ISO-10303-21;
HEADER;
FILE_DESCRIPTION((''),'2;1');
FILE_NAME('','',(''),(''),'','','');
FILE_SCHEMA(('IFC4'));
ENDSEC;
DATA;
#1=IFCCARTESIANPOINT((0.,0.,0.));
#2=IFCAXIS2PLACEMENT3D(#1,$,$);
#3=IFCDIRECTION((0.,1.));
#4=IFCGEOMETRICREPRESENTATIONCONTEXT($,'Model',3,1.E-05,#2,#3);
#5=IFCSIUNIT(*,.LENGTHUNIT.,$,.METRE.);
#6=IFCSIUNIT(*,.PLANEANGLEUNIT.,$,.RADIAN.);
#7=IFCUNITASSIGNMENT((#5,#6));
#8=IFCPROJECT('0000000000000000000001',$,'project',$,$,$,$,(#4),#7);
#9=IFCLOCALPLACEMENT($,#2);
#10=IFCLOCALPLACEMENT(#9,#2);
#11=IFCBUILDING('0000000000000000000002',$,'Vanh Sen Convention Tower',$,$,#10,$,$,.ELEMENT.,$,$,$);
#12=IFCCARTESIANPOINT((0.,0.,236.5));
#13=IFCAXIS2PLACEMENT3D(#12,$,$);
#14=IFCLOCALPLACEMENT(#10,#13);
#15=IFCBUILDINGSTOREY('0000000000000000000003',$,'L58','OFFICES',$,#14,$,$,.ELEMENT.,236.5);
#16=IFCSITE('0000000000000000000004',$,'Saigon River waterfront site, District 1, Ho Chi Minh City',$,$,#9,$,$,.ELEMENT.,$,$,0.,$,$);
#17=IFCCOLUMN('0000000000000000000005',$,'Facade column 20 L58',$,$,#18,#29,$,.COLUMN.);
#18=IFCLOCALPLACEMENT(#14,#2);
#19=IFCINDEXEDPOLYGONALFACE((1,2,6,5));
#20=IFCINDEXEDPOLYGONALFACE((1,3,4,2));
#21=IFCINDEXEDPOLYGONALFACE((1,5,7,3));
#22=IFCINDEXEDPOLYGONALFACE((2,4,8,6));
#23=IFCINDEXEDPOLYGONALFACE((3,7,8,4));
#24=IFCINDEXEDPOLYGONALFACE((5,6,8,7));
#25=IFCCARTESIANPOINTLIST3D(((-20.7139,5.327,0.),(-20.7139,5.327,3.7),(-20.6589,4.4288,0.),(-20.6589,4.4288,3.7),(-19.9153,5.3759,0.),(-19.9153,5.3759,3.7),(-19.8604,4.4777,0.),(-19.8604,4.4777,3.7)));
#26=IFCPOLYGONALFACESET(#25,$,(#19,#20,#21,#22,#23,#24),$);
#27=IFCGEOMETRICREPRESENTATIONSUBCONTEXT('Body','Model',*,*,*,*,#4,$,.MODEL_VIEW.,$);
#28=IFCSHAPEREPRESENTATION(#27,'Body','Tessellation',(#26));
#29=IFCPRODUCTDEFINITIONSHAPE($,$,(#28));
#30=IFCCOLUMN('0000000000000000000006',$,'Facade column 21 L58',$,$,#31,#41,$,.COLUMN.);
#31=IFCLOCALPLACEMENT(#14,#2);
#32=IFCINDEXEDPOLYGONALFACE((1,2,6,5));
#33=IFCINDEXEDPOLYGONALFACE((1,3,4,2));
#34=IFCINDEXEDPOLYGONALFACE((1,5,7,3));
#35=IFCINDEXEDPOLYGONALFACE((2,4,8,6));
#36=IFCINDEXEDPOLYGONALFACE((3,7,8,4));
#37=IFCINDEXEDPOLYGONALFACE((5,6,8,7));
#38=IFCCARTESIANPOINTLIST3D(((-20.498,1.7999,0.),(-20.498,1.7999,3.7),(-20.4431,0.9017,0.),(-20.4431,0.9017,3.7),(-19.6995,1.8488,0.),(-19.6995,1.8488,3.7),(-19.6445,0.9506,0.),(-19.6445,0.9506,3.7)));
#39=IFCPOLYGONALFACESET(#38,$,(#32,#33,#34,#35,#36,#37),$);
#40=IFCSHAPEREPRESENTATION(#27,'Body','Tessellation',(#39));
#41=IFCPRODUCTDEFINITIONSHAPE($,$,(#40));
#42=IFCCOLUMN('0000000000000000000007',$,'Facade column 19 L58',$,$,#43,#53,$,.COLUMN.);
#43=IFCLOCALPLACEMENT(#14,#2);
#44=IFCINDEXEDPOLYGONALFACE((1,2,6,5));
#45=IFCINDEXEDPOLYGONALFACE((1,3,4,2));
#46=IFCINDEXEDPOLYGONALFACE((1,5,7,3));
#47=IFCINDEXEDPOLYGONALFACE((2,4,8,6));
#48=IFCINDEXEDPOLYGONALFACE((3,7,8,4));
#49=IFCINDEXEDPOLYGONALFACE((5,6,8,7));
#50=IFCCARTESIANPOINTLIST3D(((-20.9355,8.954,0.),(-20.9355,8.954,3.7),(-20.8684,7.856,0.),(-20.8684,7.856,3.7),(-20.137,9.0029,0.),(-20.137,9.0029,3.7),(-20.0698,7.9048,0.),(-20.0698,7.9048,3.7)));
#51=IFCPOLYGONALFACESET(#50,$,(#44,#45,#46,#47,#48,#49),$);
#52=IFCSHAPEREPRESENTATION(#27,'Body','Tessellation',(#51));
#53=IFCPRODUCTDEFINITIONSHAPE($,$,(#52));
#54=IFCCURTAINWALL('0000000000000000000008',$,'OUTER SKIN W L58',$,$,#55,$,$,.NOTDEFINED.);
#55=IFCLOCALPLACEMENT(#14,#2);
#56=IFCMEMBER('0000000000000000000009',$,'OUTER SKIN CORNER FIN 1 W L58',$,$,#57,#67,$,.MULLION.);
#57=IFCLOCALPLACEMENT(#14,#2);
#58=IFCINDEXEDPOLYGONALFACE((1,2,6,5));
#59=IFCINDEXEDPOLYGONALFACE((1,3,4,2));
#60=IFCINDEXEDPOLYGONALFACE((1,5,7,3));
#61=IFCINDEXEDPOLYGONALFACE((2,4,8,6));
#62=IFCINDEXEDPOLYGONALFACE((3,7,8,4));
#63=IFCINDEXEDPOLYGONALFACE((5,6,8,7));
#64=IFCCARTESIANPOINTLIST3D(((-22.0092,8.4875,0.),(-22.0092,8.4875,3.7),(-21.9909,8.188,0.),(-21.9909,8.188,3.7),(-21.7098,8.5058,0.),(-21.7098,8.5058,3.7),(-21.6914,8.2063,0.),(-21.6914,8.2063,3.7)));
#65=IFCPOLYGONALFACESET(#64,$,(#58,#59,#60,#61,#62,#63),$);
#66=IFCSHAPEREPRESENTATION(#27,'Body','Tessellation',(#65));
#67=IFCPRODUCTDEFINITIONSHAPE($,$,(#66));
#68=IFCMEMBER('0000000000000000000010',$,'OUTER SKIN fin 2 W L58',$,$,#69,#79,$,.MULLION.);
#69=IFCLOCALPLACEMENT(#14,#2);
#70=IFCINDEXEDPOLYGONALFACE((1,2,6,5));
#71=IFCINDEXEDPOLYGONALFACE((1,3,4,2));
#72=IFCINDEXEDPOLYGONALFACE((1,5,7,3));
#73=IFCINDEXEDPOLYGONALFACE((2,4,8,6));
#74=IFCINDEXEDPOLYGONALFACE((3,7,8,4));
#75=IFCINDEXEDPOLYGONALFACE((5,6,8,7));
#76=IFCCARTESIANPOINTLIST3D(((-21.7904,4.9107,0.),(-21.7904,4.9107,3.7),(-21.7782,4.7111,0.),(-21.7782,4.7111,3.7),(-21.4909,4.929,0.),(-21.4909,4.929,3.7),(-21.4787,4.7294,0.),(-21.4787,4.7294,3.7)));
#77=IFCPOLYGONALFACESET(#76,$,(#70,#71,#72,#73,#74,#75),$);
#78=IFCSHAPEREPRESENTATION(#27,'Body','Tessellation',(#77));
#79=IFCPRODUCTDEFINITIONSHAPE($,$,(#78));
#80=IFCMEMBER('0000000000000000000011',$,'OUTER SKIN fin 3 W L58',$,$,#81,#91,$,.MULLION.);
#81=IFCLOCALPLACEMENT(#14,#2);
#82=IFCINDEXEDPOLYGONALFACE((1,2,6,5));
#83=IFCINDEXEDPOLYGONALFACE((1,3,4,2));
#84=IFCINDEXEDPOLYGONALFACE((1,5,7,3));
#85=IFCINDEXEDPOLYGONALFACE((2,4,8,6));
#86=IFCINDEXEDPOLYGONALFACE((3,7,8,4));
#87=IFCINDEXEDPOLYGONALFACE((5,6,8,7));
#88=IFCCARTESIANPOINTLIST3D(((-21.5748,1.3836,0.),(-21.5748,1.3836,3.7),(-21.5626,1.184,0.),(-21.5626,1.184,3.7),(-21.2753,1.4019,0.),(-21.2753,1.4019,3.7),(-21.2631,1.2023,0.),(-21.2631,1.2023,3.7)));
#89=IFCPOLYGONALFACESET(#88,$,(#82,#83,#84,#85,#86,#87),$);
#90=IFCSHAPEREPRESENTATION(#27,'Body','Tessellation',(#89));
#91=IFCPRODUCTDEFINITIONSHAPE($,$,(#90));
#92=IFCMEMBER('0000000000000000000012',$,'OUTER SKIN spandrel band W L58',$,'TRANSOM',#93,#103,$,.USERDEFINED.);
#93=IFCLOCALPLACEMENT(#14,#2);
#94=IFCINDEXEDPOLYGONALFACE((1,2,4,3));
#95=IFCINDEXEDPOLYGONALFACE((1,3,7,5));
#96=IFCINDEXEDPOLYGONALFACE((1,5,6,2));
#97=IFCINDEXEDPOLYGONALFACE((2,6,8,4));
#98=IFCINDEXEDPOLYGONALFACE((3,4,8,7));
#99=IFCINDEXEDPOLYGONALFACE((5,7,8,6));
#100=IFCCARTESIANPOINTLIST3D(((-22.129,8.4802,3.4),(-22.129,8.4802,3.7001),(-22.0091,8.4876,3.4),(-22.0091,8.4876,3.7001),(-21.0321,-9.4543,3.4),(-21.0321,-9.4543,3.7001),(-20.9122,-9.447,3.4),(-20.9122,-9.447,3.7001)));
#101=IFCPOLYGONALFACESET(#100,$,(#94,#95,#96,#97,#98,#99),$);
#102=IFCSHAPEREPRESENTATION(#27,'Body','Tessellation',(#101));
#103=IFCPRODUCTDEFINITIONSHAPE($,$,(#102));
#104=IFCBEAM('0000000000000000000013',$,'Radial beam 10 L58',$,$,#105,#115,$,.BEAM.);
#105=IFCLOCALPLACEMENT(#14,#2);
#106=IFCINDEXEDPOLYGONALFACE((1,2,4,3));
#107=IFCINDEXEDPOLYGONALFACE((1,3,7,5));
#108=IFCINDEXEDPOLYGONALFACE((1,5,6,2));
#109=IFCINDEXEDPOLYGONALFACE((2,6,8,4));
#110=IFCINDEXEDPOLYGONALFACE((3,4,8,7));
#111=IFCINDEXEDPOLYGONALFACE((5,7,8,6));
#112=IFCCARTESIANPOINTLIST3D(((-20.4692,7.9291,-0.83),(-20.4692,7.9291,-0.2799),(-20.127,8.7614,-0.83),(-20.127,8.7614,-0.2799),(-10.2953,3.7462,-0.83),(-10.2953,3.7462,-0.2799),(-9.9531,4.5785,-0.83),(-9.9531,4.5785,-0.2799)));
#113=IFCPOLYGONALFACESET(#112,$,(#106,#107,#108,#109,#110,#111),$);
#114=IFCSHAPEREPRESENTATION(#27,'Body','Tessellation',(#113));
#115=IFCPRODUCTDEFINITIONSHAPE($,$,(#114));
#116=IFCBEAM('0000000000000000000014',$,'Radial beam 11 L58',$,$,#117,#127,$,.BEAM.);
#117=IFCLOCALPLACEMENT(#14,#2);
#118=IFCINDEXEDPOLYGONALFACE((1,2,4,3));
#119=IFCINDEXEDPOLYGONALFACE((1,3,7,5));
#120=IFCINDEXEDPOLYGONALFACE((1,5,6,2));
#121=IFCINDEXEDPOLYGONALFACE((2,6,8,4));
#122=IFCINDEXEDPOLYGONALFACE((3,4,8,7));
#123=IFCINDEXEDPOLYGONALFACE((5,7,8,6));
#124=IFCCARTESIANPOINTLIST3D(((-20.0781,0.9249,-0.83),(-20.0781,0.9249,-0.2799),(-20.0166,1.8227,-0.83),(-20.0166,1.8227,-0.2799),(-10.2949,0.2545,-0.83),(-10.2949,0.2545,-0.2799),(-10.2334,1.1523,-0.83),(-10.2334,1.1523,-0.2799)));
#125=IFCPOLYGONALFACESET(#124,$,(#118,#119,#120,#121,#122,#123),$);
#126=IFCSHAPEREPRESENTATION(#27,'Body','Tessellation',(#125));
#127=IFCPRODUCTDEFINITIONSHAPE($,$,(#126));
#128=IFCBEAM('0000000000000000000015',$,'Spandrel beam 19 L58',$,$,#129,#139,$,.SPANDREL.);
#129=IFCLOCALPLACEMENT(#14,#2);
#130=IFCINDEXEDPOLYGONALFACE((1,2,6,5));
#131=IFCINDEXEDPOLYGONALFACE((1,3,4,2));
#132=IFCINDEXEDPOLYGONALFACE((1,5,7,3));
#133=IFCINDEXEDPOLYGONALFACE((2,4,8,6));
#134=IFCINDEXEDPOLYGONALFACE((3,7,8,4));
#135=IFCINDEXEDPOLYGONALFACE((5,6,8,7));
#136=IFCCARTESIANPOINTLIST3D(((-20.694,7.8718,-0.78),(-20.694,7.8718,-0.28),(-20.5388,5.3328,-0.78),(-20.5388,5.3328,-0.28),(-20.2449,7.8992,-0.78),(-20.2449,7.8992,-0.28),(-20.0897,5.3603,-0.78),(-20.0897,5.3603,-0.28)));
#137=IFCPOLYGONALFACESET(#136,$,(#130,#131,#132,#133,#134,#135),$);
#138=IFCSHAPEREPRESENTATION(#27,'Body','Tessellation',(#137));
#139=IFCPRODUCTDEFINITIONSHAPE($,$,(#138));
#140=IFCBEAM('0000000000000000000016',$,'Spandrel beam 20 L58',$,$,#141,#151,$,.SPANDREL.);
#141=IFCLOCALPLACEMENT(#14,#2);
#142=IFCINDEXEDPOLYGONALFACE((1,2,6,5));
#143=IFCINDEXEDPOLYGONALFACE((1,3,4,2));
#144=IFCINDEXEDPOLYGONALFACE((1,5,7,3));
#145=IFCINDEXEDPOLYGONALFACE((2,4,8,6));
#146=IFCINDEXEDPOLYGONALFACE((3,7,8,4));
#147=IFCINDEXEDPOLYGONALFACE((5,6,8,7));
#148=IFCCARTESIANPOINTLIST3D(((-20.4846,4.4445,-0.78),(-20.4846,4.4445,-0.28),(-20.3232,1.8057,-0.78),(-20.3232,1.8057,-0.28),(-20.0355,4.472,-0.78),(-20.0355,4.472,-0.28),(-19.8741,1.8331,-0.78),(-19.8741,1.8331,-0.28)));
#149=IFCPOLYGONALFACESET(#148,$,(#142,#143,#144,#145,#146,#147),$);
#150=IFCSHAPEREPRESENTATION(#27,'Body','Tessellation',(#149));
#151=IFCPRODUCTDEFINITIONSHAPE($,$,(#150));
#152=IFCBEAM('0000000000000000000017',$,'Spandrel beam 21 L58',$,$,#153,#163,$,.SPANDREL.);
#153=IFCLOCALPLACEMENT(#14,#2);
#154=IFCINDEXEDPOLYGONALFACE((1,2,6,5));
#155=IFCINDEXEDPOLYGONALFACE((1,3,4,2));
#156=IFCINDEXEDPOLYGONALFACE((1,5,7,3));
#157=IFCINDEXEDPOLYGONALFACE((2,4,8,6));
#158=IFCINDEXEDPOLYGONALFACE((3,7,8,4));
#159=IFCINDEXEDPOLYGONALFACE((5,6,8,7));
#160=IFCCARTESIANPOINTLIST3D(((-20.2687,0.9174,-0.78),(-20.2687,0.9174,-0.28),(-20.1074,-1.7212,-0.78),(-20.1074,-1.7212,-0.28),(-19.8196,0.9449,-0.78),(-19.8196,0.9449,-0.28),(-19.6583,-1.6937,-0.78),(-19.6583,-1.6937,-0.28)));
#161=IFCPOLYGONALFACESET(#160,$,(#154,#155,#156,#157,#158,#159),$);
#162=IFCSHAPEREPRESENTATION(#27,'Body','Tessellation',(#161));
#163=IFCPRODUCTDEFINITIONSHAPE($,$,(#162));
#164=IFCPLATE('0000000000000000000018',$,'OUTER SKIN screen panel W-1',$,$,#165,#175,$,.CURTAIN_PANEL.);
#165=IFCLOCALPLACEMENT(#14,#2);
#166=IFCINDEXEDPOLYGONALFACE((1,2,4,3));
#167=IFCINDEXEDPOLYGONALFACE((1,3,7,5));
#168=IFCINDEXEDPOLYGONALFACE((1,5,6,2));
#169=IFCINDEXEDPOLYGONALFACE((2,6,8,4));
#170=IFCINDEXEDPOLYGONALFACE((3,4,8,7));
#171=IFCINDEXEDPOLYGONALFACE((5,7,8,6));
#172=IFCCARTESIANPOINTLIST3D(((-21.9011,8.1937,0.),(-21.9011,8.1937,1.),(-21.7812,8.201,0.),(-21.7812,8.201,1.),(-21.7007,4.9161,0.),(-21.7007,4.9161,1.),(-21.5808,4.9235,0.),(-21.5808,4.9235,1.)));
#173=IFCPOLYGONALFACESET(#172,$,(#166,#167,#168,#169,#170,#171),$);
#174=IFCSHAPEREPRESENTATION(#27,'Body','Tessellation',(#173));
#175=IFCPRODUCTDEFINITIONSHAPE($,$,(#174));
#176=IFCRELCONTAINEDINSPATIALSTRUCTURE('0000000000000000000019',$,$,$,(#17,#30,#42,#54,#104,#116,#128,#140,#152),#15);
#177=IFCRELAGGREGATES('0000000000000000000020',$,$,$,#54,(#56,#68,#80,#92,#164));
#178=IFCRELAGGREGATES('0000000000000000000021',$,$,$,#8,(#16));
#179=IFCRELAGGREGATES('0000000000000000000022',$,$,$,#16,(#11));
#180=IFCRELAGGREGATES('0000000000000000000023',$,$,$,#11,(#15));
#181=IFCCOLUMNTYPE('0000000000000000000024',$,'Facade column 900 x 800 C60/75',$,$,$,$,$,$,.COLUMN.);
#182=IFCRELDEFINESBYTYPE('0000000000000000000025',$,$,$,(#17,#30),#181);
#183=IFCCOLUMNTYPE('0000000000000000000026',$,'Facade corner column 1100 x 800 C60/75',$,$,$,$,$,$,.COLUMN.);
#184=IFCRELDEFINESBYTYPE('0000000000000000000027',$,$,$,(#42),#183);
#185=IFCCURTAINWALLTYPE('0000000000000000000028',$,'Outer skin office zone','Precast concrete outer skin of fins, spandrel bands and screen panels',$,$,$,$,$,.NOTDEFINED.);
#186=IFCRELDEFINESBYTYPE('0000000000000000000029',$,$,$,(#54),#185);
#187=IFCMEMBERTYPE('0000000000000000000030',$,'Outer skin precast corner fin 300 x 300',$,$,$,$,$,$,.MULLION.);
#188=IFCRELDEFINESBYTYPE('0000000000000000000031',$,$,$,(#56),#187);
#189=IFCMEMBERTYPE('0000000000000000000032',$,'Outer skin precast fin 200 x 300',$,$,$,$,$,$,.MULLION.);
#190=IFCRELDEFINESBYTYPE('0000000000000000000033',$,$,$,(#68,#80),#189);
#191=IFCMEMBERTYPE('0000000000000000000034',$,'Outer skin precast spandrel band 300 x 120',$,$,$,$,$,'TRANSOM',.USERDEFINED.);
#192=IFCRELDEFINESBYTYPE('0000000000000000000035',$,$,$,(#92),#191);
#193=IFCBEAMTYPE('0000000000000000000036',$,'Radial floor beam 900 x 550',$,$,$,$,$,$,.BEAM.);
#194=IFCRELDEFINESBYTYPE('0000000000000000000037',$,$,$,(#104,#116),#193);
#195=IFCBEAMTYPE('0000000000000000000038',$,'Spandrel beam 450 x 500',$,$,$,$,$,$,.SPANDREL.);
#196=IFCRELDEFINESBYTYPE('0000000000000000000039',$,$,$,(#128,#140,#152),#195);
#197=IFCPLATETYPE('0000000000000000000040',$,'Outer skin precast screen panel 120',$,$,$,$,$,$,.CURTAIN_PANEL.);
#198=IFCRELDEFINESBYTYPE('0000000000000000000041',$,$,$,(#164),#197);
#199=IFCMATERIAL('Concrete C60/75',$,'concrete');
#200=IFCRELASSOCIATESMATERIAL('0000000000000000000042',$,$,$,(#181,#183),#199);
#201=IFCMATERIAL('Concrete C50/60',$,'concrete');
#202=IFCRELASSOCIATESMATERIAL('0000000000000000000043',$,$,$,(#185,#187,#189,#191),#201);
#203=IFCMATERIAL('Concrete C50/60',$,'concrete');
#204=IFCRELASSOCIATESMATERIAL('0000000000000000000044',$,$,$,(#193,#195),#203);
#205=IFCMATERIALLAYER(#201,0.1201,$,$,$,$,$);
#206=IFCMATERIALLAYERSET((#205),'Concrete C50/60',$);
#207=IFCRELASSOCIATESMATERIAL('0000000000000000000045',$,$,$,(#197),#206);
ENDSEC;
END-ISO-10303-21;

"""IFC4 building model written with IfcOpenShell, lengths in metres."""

from ifc_helpers import new_model, si_unit, direction, frame, origin, origin_2d, place, context, subcontext, project, spatial, rectangle, extrude, material, layer, layer_set, material_profile, profile_set, type_object, element, aggregate, save


model = new_model("IFC4")

# Units and contexts
model_context = context("Model", 3, precision=1e-05, world=origin(), true_north=direction((0.0, 1.0)))
body_context = subcontext(model_context, "Body", "Model", "MODEL_VIEW")
ifc_project = project(units=[si_unit("LENGTHUNIT", "METRE"), si_unit("PLANEANGLEUNIT", "RADIAN")], contexts=[model_context])

# Site, building, storey
site_placement = place(None, origin())
site = spatial("IfcSite", under=ifc_project, at=site_placement, Name="Saigon River waterfront site, District 1, Ho Chi Minh City", CompositionType="ELEMENT", RefElevation=0.0)
building_placement = place(site_placement, origin())
building = spatial("IfcBuilding", under=site, at=building_placement, Name="Vanh Sen Convention Tower", CompositionType="ELEMENT")
storey_placement = place(building_placement, frame((0.0, 0.0, 236.5)))
storey = spatial("IfcBuildingStorey", under=building, at=storey_placement, Name="L58", Description="OFFICES", CompositionType="ELEMENT", Elevation=236.5)

# Columns
ifc_material_1 = material(Name="Concrete C60/75", Category="concrete")
ifc_material_profile_1 = material_profile(ifc_material_1, rectangle(XDim=0.8999, YDim=0.8, at=origin_2d()), Name="RC 900X800")
ifc_profile_set_1 = profile_set([ifc_material_profile_1], Name="Concrete C60/75")
column_type_1 = type_object("IfcColumnType", Name="Facade column 900 x 800 C60/75", PredefinedType="COLUMN", material=ifc_profile_set_1)
for number, where, z_axis, x_axis, name in (
    (1, (-20.2871, 4.9023, 0.0), (0.0, 0.0, 1.0), (0.061049, -0.998135, 0.0), "Facade column 20 L58"),
    (2, (-20.0713, 1.3752, 0.0), (0.0, 0.0, 1.0), (0.061049, -0.998135, 0.0), "Facade column 21 L58"),
):
    element("IfcColumn", number, at=place(storey_placement, frame(where, z_axis=z_axis, x_axis=x_axis)), inside=storey, type_object=column_type_1, Name=name, PredefinedType="COLUMN", context=body_context, shape_type="SweptSolid", body=[
        extrude(rectangle(XDim=0.8999, YDim=0.8, at=origin_2d()), origin(), (0.0, 0.0, 1.0), 3.7),
    ])
ifc_material_profile_2 = material_profile(ifc_material_1, rectangle(XDim=1.1001, YDim=0.8, at=origin_2d()), Name="RC 1100X800")
ifc_profile_set_2 = profile_set([ifc_material_profile_2], Name="Concrete C60/75")
column_type_2 = type_object("IfcColumnType", Name="Facade corner column 1100 x 800 C60/75", PredefinedType="COLUMN", material=ifc_profile_set_2)
column_placement = place(storey_placement, frame((-20.5027, 8.4294, 0.0), z_axis=(0.0, 0.0, 1.0), x_axis=(0.061049, -0.998135, 0.0)))
element("IfcColumn", 3, at=column_placement, inside=storey, type_object=column_type_2, Name="Facade column 19 L58", PredefinedType="COLUMN", context=body_context, shape_type="SweptSolid", body=[
    extrude(rectangle(XDim=1.1001, YDim=0.8, at=origin_2d()), origin(), (0.0, 0.0, 1.0), 3.7),
])

# Curtain wall, members
ifc_material_2 = material(Name="Concrete C50/60", Category="concrete")
curtain_wall_type = type_object("IfcCurtainWallType", Name="Outer skin office zone", Description="Precast concrete outer skin of fins, spandrel bands and screen panels", PredefinedType="NOTDEFINED", material=ifc_material_2)
curtain_wall_placement = place(storey_placement, origin())
curtain_wall = element("IfcCurtainWall", 4, at=curtain_wall_placement, inside=storey, type_object=curtain_wall_type, Name="OUTER SKIN W L58", PredefinedType="NOTDEFINED")
ifc_material_profile_3 = material_profile(ifc_material_2, rectangle(XDim=0.3, YDim=0.3, at=origin_2d()), Name="Outer skin precast corner fin 300 x 300")
ifc_profile_set_3 = profile_set([ifc_material_profile_3], Name="Concrete C50/60")
member_type_1 = type_object("IfcMemberType", Name="Outer skin precast corner fin 300 x 300", PredefinedType="MULLION", material=ifc_profile_set_3)
member_1_placement = place(storey_placement, frame((-21.8503, 8.3469, 0.0), z_axis=(0.0, 0.0, 1.0), x_axis=(0.061049, -0.998135, 0.0)))
member_1 = element("IfcMember", 5, at=member_1_placement, type_object=member_type_1, Name="OUTER SKIN CORNER FIN 1 W L58", PredefinedType="MULLION", context=body_context, shape_type="SweptSolid", body=[
    extrude(rectangle(XDim=0.3, YDim=0.3, at=origin_2d()), origin(), (0.0, 0.0, 1.0), 3.7),
])
ifc_material_profile_4 = material_profile(ifc_material_2, rectangle(XDim=0.2, YDim=0.3, at=origin_2d()), Name="Outer skin precast fin 200 x 300")
ifc_profile_set_4 = profile_set([ifc_material_profile_4], Name="Concrete C50/60")
member_type_2 = type_object("IfcMemberType", Name="Outer skin precast fin 200 x 300", PredefinedType="MULLION", material=ifc_profile_set_4)
member_2_placement = place(storey_placement, frame((-21.6345, 4.8201, 0.0), z_axis=(0.0, 0.0, 1.0), x_axis=(0.061049, -0.998135, 0.0)))
member_2 = element("IfcMember", 6, at=member_2_placement, type_object=member_type_2, Name="OUTER SKIN fin 2 W L58", PredefinedType="MULLION", context=body_context, shape_type="SweptSolid", body=[
    extrude(rectangle(XDim=0.2, YDim=0.3, at=origin_2d()), origin(), (0.0, 0.0, 1.0), 3.7),
])
member_3_placement = place(storey_placement, frame((-21.4189, 1.293, 0.0), z_axis=(0.0, 0.0, 1.0), x_axis=(0.061049, -0.998135, 0.0)))
member_3 = element("IfcMember", 7, at=member_3_placement, type_object=member_type_2, Name="OUTER SKIN fin 3 W L58", PredefinedType="MULLION", context=body_context, shape_type="SweptSolid", body=[
    extrude(rectangle(XDim=0.2, YDim=0.3, at=origin_2d()), origin(), (0.0, 0.0, 1.0), 3.7),
])
ifc_material_profile_5 = material_profile(ifc_material_2, rectangle(XDim=0.1201, YDim=0.3, at=origin_2d()), Name="Outer skin precast spandrel band 300 x 120")
ifc_profile_set_5 = profile_set([ifc_material_profile_5], Name="Concrete C50/60")
member_type_3 = type_object("IfcMemberType", Name="Outer skin precast spandrel band 300 x 120", ElementType="TRANSOM", PredefinedType="USERDEFINED", material=ifc_profile_set_5)
member_4_placement = place(storey_placement, frame((-22.0691, 8.4839, 3.55), z_axis=(0.061048, -0.998135, 0.0), x_axis=(0.998135, 0.061048, 0.0)))
member_4 = element("IfcMember", 8, at=member_4_placement, type_object=member_type_3, Name="OUTER SKIN spandrel band W L58", ObjectType="TRANSOM", PredefinedType="USERDEFINED", context=body_context, shape_type="SweptSolid", body=[
    extrude(rectangle(XDim=0.1201, YDim=0.3, at=origin_2d()), origin(), (0.0, 0.0, 1.0), 17.968),
])

# Beams
ifc_material_3 = material(Name="Concrete C50/60", Category="concrete")
ifc_material_profile_6 = material_profile(ifc_material_3, rectangle(XDim=0.8999, YDim=0.55, at=origin_2d()), Name="RC 900X550")
ifc_profile_set_6 = profile_set([ifc_material_profile_6], Name="Concrete C50/60")
beam_type_1 = type_object("IfcBeamType", Name="Radial floor beam 900 x 550", PredefinedType="BEAM", material=ifc_profile_set_6)
beam_1_placement = place(storey_placement, frame((-20.2981, 8.3452, -0.5549), z_axis=(0.924882, -0.380255, 0.0), x_axis=(0.380255, 0.924882, 0.0)))
element("IfcBeam", 9, at=beam_1_placement, inside=storey, type_object=beam_type_1, Name="Radial beam 10 L58", PredefinedType="BEAM", context=body_context, shape_type="SweptSolid", body=[
    extrude(rectangle(XDim=0.8999, YDim=0.55, at=origin_2d()), origin(), (0.0, 0.0, 1.0), 11.0002),
])
beam_2_placement = place(storey_placement, frame((-20.0474, 1.3738, -0.5549), z_axis=(0.99766, -0.068366, 0.0), x_axis=(0.068366, 0.99766, 0.0)))
element("IfcBeam", 10, at=beam_2_placement, inside=storey, type_object=beam_type_1, Name="Radial beam 11 L58", PredefinedType="BEAM", context=body_context, shape_type="SweptSolid", body=[
    extrude(rectangle(XDim=0.8999, YDim=0.55, at=origin_2d()), origin(), (0.0, 0.0, 1.0), 9.8062),
])
ifc_material_profile_7 = material_profile(ifc_material_3, rectangle(XDim=0.45, YDim=0.5, at=origin_2d()), Name="RC 450X500")
ifc_profile_set_7 = profile_set([ifc_material_profile_7], Name="Concrete C50/60")
beam_type_2 = type_object("IfcBeamType", Name="Spandrel beam 450 x 500", PredefinedType="SPANDREL", material=ifc_profile_set_7)
beam_3_placement = place(storey_placement, frame((-20.4695, 7.8855, -0.53), z_axis=(0.06104, -0.998135, 0.0), x_axis=(0.998135, 0.06104, 0.0)))
element("IfcBeam", 11, at=beam_3_placement, inside=storey, type_object=beam_type_2, Name="Spandrel beam 19 L58", PredefinedType="SPANDREL", context=body_context, shape_type="SweptSolid", body=[
    extrude(rectangle(XDim=0.45, YDim=0.5, at=origin_2d()), origin(), (0.0, 0.0, 1.0), 2.5437),
])
beam_4_placement = place(storey_placement, frame((-20.26, 4.4583, -0.53), z_axis=(0.061039, -0.998135, 0.0), x_axis=(0.998135, 0.061039, 0.0)))
element("IfcBeam", 12, at=beam_4_placement, inside=storey, type_object=beam_type_2, Name="Spandrel beam 20 L58", PredefinedType="SPANDREL", context=body_context, shape_type="SweptSolid", body=[
    extrude(rectangle(XDim=0.45, YDim=0.5, at=origin_2d()), origin(), (0.0, 0.0, 1.0), 2.6438),
])
beam_5_placement = place(storey_placement, frame((-20.0442, 0.9312, -0.53), z_axis=(0.061044, -0.998135, 0.0), x_axis=(0.998135, 0.061044, 0.0)))
element("IfcBeam", 13, at=beam_5_placement, inside=storey, type_object=beam_type_2, Name="Spandrel beam 21 L58", PredefinedType="SPANDREL", context=body_context, shape_type="SweptSolid", body=[
    extrude(rectangle(XDim=0.45, YDim=0.5, at=origin_2d()), origin(), (0.0, 0.0, 1.0), 2.6436),
])

# Plate
ifc_layer_1 = layer(ifc_material_2, 0.1201)
ifc_layer_set_1 = layer_set([ifc_layer_1], Name="Concrete C50/60")
plate_type = type_object("IfcPlateType", Name="Outer skin precast screen panel 120", PredefinedType="CURTAIN_PANEL", material=ifc_layer_set_1)
plate_1_placement = place(storey_placement, frame((-21.741, 6.5586, 0.0), z_axis=(0.0, 0.0, 1.0), x_axis=(0.061043, -0.998135, 0.0)))
plate_1 = element("IfcPlate", 14, at=plate_1_placement, type_object=plate_type, Name="OUTER SKIN screen panel W-1", PredefinedType="CURTAIN_PANEL", context=body_context, shape_type="SweptSolid", body=[
    extrude(rectangle(XDim=3.2837, YDim=0.1201, at=origin_2d()), origin(), (0.0, 0.0, 1.0), 1.0),
])
aggregate(curtain_wall, [member_1, member_2, member_3, member_4, plate_1])

save(model, "model.ifc")
